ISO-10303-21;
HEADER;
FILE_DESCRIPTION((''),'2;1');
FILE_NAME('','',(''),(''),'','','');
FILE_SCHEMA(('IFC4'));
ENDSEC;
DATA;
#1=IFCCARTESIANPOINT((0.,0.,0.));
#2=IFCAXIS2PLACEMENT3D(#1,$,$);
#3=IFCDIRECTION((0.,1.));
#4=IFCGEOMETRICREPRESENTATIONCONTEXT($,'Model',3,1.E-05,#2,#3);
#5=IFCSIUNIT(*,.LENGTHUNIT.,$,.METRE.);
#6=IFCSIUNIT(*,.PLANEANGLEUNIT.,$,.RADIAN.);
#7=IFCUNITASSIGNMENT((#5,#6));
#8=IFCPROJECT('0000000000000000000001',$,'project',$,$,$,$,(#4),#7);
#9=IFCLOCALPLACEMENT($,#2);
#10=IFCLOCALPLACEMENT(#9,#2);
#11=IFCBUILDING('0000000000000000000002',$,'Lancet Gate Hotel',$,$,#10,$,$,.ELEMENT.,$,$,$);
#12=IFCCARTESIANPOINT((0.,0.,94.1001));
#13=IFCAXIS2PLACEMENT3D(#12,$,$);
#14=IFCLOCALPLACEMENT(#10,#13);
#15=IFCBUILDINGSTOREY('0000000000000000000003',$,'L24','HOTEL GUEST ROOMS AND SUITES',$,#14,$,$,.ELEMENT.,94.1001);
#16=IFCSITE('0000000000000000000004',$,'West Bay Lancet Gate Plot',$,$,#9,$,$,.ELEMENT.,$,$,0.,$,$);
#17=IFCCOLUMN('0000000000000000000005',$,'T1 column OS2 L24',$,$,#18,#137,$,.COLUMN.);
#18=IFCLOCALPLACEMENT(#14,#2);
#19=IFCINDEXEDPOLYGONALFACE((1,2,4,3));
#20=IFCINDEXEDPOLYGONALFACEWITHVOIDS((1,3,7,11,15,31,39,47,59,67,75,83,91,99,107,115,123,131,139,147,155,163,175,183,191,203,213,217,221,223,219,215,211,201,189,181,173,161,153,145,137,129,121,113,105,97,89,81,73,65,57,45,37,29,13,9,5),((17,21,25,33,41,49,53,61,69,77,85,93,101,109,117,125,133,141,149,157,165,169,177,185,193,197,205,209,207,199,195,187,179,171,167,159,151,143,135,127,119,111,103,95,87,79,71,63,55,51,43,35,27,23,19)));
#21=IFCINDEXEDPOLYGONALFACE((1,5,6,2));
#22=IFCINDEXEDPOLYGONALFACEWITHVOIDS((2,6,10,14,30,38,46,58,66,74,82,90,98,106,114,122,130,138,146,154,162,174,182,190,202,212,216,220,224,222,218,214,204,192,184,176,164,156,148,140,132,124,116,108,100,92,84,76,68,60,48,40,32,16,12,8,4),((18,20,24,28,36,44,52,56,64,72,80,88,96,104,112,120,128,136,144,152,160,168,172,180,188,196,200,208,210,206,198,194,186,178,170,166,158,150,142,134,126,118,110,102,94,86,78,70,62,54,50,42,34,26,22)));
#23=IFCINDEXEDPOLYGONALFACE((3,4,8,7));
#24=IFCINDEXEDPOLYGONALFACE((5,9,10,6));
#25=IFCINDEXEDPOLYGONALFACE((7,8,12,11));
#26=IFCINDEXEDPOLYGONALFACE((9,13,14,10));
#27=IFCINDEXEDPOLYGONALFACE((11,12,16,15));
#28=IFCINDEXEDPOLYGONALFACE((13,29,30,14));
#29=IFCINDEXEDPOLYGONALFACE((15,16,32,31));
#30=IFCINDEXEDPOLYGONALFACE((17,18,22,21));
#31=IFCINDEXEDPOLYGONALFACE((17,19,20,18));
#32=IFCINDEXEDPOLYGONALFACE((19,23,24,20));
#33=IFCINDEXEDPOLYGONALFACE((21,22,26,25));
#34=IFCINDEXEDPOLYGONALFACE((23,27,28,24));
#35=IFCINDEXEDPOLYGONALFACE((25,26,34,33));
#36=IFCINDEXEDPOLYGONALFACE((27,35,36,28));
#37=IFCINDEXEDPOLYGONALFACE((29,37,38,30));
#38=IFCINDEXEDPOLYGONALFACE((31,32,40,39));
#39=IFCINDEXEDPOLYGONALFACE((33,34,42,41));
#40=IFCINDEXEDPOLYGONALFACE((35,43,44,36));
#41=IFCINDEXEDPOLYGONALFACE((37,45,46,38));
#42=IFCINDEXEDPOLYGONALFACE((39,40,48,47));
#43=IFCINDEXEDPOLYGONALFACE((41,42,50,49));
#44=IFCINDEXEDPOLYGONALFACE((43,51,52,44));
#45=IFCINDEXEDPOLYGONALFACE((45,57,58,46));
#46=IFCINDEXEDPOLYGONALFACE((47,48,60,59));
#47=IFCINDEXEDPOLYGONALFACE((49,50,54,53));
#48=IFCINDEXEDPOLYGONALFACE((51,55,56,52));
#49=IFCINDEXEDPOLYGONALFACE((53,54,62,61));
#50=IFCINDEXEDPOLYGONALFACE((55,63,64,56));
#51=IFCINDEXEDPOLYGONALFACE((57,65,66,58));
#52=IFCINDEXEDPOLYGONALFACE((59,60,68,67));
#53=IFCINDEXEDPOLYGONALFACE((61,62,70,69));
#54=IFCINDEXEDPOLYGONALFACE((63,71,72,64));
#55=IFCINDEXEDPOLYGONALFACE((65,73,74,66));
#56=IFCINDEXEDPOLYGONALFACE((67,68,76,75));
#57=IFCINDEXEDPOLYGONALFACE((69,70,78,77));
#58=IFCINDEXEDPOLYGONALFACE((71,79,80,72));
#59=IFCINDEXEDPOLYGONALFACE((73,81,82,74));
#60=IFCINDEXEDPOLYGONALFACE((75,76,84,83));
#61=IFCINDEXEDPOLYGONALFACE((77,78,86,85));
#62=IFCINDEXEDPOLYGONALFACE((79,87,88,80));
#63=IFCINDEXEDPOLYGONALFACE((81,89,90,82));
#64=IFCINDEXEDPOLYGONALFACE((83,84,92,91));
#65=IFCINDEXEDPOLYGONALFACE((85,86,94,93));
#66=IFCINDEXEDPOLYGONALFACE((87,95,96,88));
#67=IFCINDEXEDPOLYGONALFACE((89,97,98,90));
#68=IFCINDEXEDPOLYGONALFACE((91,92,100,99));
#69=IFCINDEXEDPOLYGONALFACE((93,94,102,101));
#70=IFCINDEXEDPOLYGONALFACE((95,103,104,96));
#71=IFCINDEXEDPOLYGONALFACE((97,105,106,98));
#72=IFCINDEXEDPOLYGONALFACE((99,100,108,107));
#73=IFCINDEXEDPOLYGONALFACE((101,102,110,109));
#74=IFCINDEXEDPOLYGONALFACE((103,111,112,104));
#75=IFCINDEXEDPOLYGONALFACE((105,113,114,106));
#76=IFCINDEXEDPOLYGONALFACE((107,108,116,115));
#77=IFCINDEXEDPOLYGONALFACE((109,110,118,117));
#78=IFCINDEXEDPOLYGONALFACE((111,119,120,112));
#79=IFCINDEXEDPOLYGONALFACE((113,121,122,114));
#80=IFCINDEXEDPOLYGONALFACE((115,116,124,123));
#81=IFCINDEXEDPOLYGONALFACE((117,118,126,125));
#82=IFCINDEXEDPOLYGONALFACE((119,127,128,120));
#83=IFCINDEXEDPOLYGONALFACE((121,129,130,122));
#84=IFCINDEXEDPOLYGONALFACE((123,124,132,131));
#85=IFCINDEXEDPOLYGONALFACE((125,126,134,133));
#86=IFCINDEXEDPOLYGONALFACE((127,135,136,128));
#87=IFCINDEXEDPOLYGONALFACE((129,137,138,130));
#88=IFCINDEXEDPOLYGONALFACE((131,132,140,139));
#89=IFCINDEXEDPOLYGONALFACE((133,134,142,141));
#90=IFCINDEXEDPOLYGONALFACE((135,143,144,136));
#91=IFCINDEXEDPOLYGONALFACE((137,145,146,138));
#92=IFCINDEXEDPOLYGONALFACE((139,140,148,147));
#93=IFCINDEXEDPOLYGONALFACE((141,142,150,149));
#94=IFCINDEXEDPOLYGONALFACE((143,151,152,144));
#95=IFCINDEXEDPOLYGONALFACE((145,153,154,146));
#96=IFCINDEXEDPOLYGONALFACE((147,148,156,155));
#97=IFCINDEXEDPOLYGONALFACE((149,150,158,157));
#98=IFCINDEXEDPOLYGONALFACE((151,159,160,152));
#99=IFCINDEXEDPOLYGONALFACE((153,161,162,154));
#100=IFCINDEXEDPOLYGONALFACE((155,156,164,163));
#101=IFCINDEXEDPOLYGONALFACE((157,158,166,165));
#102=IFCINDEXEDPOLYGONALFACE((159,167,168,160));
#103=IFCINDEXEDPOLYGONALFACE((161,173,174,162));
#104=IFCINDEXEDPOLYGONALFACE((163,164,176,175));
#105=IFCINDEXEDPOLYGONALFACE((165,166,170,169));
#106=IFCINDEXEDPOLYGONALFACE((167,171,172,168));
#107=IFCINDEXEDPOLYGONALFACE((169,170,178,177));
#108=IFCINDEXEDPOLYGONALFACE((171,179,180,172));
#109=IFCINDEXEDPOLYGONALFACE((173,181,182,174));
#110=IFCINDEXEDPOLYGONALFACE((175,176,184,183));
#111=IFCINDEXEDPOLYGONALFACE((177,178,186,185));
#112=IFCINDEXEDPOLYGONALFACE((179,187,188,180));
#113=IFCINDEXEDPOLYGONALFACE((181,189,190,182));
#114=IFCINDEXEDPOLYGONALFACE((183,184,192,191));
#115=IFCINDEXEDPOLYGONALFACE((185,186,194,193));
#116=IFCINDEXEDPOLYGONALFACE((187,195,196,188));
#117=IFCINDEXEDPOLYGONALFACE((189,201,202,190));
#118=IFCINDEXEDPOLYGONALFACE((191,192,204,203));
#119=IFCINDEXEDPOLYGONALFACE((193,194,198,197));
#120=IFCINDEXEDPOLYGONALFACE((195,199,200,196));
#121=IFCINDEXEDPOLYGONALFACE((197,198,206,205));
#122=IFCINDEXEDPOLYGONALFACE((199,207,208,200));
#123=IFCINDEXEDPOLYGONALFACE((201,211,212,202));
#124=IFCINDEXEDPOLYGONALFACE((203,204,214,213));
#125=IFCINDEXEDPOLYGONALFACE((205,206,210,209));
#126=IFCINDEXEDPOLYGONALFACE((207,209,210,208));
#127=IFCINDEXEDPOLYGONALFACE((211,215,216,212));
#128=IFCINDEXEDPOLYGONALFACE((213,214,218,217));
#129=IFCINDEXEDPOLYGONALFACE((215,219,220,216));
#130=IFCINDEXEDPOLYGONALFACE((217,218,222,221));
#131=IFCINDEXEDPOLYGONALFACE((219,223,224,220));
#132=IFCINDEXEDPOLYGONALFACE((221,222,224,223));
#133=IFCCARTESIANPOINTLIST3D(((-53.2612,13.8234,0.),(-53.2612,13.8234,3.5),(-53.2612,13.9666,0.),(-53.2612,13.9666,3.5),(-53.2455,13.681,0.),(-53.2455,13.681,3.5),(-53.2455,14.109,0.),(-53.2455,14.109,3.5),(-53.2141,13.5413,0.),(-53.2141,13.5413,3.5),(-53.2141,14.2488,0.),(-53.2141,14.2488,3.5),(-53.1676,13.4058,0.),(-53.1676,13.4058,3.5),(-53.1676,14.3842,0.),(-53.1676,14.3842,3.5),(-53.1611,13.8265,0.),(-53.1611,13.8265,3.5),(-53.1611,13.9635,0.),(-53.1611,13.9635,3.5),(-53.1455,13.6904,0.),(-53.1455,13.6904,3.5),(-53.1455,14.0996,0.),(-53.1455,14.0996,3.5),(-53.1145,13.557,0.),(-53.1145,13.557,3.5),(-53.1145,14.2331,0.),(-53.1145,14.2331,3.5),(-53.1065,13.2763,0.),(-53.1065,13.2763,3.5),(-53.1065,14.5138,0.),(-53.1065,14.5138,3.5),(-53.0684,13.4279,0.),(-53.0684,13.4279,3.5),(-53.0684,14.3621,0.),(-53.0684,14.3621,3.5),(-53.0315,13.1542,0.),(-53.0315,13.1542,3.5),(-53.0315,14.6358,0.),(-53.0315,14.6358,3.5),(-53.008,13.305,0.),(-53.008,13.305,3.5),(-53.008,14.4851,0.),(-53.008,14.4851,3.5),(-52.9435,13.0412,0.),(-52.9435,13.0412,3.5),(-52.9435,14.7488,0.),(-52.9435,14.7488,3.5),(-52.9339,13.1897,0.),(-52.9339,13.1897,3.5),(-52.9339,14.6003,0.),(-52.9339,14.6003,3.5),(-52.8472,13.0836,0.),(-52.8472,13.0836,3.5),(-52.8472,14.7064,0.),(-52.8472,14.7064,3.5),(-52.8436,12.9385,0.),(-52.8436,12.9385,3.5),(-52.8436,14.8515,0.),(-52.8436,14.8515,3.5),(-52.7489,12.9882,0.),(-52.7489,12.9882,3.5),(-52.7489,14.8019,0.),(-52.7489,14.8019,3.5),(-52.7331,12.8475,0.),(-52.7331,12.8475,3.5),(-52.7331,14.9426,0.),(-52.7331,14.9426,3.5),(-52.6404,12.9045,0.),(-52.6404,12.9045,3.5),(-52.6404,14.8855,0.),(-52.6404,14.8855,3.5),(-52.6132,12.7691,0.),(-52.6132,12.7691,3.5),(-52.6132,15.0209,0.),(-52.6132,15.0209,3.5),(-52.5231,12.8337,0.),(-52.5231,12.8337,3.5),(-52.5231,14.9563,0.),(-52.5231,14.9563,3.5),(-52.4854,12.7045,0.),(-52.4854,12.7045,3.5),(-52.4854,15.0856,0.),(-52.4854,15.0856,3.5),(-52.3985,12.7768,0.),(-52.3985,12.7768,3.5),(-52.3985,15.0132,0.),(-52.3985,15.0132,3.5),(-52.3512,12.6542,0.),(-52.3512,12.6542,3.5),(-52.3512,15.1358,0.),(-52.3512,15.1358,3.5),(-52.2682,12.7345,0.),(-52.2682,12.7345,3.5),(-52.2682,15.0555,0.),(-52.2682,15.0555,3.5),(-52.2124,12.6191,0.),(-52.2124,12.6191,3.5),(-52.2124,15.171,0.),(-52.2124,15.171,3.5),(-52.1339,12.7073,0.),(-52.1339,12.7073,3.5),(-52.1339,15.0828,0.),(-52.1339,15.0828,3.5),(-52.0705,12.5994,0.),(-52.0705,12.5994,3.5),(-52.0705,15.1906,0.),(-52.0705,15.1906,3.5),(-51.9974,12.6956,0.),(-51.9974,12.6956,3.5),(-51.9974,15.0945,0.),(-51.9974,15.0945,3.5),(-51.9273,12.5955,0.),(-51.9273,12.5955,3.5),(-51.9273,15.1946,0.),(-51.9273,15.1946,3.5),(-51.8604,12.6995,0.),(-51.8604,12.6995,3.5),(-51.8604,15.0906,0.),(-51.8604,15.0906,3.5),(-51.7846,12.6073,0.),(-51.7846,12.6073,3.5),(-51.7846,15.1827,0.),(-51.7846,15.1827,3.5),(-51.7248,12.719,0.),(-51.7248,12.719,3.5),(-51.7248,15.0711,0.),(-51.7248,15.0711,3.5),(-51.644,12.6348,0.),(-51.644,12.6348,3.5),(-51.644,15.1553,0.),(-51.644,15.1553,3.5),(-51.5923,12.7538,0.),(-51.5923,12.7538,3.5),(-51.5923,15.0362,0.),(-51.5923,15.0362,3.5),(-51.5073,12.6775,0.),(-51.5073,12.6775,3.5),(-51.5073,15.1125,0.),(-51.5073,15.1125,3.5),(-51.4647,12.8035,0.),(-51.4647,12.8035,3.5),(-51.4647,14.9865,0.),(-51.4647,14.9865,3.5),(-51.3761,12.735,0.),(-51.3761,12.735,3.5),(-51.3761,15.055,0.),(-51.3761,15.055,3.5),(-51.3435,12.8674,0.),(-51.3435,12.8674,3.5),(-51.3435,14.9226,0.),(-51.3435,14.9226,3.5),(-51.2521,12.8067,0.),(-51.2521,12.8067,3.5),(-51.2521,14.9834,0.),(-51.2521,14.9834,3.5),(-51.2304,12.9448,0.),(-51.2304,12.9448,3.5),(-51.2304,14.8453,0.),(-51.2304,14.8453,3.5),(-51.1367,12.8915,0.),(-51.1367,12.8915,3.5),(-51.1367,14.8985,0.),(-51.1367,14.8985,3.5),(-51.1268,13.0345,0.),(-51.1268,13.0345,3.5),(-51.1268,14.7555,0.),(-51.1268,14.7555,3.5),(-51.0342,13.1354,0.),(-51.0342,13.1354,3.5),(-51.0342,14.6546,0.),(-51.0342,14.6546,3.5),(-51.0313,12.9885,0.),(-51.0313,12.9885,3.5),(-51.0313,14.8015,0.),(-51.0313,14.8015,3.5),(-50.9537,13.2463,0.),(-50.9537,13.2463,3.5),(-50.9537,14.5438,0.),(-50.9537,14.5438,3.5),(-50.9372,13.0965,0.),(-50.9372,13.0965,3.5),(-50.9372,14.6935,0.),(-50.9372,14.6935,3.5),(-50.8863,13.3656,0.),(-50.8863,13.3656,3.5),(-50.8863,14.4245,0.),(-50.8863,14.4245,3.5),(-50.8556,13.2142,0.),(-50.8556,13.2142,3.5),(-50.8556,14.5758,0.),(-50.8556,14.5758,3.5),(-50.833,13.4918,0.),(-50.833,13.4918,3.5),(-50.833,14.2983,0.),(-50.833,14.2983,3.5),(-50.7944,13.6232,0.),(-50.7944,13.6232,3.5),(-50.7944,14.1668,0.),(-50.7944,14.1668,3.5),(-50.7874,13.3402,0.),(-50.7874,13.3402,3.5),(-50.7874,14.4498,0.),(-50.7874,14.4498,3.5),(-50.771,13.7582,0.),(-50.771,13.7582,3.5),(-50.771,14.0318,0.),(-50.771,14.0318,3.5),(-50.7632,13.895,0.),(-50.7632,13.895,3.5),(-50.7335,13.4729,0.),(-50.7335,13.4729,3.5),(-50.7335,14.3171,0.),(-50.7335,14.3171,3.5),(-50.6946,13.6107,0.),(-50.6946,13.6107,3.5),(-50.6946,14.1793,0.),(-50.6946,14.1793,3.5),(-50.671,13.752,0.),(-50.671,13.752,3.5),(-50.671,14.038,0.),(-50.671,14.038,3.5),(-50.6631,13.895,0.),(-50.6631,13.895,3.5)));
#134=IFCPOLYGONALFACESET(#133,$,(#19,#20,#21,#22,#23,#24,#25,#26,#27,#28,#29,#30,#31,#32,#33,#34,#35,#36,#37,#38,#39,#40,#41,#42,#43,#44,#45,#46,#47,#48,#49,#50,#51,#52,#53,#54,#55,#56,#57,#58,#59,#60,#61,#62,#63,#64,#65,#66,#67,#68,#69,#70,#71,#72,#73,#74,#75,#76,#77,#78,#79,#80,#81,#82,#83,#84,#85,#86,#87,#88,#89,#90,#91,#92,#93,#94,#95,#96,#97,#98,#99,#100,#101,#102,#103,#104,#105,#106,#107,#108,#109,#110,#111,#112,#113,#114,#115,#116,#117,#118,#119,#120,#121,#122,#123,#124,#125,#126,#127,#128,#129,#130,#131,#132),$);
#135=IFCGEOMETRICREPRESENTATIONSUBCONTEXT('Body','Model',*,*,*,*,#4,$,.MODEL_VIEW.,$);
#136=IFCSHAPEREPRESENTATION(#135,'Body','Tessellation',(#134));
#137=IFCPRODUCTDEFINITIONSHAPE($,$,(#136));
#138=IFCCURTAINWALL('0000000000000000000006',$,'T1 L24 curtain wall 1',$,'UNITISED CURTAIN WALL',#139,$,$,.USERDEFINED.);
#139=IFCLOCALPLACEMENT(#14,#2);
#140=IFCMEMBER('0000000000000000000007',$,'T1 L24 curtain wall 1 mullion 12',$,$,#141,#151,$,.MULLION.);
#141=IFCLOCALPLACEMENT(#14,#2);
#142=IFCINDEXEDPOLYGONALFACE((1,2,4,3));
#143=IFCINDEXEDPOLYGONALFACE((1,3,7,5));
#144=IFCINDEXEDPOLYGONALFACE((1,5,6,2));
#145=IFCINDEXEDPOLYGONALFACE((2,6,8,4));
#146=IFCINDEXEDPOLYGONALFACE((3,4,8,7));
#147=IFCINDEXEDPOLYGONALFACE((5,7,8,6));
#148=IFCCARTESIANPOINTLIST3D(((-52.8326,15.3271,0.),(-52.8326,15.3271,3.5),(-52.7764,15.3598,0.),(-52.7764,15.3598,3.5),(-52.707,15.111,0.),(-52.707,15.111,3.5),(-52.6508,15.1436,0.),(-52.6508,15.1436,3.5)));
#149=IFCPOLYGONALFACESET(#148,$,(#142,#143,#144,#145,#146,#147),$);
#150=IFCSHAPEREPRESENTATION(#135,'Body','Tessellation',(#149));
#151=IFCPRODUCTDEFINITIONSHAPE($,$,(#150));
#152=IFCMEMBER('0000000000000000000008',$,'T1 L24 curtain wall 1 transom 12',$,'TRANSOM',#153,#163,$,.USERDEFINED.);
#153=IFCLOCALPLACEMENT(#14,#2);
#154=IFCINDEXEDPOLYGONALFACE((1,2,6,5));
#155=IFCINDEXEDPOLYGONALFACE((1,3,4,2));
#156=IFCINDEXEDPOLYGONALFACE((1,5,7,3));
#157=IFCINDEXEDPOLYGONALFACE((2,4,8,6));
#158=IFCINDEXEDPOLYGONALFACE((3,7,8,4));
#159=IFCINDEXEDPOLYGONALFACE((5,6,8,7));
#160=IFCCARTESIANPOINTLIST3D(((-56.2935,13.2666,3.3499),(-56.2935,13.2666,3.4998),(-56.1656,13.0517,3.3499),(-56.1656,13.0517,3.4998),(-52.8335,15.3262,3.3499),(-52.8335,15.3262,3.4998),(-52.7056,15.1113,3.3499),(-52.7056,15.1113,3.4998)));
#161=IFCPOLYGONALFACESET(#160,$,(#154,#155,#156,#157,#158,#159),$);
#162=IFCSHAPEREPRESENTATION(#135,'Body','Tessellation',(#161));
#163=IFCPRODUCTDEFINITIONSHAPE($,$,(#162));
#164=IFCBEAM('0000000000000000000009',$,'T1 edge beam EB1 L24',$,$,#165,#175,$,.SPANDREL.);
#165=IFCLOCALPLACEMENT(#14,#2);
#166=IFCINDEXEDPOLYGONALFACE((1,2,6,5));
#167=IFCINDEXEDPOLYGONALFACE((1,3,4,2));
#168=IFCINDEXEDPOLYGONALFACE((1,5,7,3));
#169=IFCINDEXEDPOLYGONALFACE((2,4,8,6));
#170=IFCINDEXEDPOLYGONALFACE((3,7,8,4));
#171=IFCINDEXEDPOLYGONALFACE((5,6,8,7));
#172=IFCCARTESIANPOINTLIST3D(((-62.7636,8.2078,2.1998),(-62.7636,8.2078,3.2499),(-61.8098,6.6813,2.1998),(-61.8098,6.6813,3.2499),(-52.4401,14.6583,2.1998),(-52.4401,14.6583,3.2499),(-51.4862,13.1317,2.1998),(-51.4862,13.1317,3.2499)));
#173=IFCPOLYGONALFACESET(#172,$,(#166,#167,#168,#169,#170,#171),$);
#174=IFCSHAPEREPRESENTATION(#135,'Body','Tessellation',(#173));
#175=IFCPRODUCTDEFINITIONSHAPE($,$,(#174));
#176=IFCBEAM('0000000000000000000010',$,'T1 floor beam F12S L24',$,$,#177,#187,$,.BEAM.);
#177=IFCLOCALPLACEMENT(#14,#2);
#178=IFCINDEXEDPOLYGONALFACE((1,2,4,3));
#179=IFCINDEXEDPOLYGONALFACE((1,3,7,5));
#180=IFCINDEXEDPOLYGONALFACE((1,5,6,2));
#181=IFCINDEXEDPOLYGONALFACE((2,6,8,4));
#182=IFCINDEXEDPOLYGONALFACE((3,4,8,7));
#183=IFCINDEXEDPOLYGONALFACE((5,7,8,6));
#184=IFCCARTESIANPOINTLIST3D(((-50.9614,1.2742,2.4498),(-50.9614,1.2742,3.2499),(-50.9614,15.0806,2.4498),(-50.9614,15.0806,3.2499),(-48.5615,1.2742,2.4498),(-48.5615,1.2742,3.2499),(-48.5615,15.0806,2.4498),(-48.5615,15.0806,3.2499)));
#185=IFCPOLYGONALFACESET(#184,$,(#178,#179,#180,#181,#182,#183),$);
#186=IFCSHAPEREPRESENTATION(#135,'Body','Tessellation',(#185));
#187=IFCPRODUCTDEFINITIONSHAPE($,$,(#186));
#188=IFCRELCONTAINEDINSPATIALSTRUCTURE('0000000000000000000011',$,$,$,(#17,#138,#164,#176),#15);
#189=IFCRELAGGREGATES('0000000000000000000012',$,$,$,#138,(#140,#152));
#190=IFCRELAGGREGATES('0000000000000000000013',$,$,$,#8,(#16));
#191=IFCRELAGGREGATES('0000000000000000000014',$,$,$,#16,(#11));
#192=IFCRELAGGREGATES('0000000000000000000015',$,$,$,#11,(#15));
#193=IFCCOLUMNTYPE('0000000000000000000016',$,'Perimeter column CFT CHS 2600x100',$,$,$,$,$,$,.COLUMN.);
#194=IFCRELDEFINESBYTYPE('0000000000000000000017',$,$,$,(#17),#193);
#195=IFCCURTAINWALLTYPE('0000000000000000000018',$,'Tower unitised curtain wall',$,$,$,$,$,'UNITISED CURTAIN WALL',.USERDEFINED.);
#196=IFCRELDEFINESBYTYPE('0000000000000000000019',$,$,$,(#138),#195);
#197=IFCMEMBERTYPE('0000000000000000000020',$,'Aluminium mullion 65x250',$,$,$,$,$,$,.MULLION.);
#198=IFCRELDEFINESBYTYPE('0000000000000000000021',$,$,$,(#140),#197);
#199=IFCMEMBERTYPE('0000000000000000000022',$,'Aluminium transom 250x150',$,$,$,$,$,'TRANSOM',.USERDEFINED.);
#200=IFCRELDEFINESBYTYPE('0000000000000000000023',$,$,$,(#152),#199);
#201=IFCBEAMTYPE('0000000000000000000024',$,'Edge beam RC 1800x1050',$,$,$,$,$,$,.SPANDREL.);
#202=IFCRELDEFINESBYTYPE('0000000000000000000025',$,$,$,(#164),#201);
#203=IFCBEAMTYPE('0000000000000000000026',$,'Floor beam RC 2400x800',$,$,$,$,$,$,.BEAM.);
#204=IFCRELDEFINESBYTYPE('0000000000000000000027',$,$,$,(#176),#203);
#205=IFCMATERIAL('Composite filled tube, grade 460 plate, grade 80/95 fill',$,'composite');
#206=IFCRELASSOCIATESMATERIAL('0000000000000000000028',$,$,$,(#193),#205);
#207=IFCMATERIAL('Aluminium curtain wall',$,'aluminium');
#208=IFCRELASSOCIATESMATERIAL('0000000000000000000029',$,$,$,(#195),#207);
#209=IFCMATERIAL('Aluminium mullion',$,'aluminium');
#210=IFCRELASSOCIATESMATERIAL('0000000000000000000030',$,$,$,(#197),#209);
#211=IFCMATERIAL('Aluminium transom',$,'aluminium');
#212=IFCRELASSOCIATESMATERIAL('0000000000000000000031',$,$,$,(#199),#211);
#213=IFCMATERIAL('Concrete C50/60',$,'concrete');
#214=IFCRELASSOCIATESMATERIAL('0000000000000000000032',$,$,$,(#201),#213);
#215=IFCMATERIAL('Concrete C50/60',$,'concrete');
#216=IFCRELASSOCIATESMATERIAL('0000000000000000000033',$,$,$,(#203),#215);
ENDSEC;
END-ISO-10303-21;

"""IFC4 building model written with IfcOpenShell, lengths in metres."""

from ifc_helpers import new_model, si_unit, direction, frame, origin, origin_2d, place, context, subcontext, project, spatial, rectangle, hollow_circle, extrude, material, material_profile, profile_set, type_object, element, aggregate, save


model = new_model("IFC4")

# Units and contexts
model_context = context("Model", 3, precision=1e-05, world=origin(), true_north=direction((0.0, 1.0)))
body_context = subcontext(model_context, "Body", "Model", "MODEL_VIEW")
ifc_project = project(units=[si_unit("LENGTHUNIT", "METRE"), si_unit("PLANEANGLEUNIT", "RADIAN")], contexts=[model_context])

# Site, building, storey
site_placement = place(None, origin())
site = spatial("IfcSite", under=ifc_project, at=site_placement, Name="West Bay Lancet Gate Plot", CompositionType="ELEMENT", RefElevation=0.0)
building_placement = place(site_placement, origin())
building = spatial("IfcBuilding", under=site, at=building_placement, Name="Lancet Gate Hotel", CompositionType="ELEMENT")
storey_placement = place(building_placement, frame((0.0, 0.0, 94.1001)))
storey = spatial("IfcBuildingStorey", under=building, at=storey_placement, Name="L24", Description="HOTEL GUEST ROOMS AND SUITES", CompositionType="ELEMENT", Elevation=94.1001)

# Column
ifc_material_1 = material(Name="Composite filled tube, grade 460 plate, grade 80/95 fill", Category="composite")
ifc_material_profile_1 = material_profile(ifc_material_1, hollow_circle(Radius=1.3, WallThickness=0.1001, at=origin_2d()), Name="CHS 2600x100")
ifc_profile_set_1 = profile_set([ifc_material_profile_1], Name="Composite filled tube, grade 460 plate, grade 80/95 fill")
column_type = type_object("IfcColumnType", Name="Perimeter column CFT CHS 2600x100", PredefinedType="COLUMN", material=ifc_profile_set_1)
column_placement = place(storey_placement, frame((-51.9631, 13.895, 0.0), z_axis=(0.0, 0.0, 1.0), x_axis=(1.0, 0.0, 0.0)))
element("IfcColumn", 1, at=column_placement, inside=storey, type_object=column_type, Name="T1 column OS2 L24", PredefinedType="COLUMN", context=body_context, shape_type="SweptSolid", body=[
    extrude(hollow_circle(Radius=1.3, WallThickness=0.1001, at=origin_2d()), origin(), (0.0, 0.0, 1.0), 3.5),
])

# Curtain wall, members
ifc_material_2 = material(Name="Aluminium curtain wall", Category="aluminium")
curtain_wall_type = type_object("IfcCurtainWallType", Name="Tower unitised curtain wall", ElementType="UNITISED CURTAIN WALL", PredefinedType="USERDEFINED", material=ifc_material_2)
curtain_wall_placement = place(storey_placement, origin())
curtain_wall = element("IfcCurtainWall", 2, at=curtain_wall_placement, inside=storey, type_object=curtain_wall_type, Name="T1 L24 curtain wall 1", ObjectType="UNITISED CURTAIN WALL", PredefinedType="USERDEFINED")
ifc_material_3 = material(Name="Aluminium mullion", Category="aluminium")
ifc_material_profile_2 = material_profile(ifc_material_3, rectangle(XDim=0.0649, YDim=0.25, at=origin_2d()), Name="MULLION 65x250")
ifc_profile_set_2 = profile_set([ifc_material_profile_2], Name="Aluminium mullion")
member_type_1 = type_object("IfcMemberType", Name="Aluminium mullion 65x250", PredefinedType="MULLION", material=ifc_profile_set_2)
member_1_placement = place(storey_placement, frame((-52.7417, 15.2354, 0.0), z_axis=(0.0, 0.0, 1.0), x_axis=(-0.864728, -0.502241, 0.0)))
member_1 = element("IfcMember", 3, at=member_1_placement, type_object=member_type_1, Name="T1 L24 curtain wall 1 mullion 12", PredefinedType="MULLION", context=body_context, shape_type="SweptSolid", body=[
    extrude(rectangle(XDim=0.0649, YDim=0.25, at=origin_2d()), origin(), (0.0, 0.0, 1.0), 3.5),
])
ifc_material_4 = material(Name="Aluminium transom", Category="aluminium")
ifc_material_profile_3 = material_profile(ifc_material_4, rectangle(XDim=0.25, YDim=0.1499, at=origin_2d()), Name="TRANSOM 250x150")
ifc_profile_set_3 = profile_set([ifc_material_profile_3], Name="Aluminium transom")
member_type_2 = type_object("IfcMemberType", Name="Aluminium transom 250x150", ElementType="TRANSOM", PredefinedType="USERDEFINED", material=ifc_profile_set_3)
member_2_placement = place(storey_placement, frame((-52.7695, 15.2188, 3.4248), z_axis=(-0.859285, -0.511497, 0.0), x_axis=(0.511497, -0.859285, 0.0)))
member_2 = element("IfcMember", 4, at=member_2_placement, type_object=member_type_2, Name="T1 L24 curtain wall 1 transom 12", ObjectType="TRANSOM", PredefinedType="USERDEFINED", context=body_context, shape_type="SweptSolid", body=[
    extrude(rectangle(XDim=0.25, YDim=0.1499, at=origin_2d()), origin(), (0.0, 0.0, 1.0), 4.0266),
])
aggregate(curtain_wall, [member_1, member_2])

# Beams
ifc_material_5 = material(Name="Concrete C50/60", Category="concrete")
ifc_material_profile_4 = material_profile(ifc_material_5, rectangle(XDim=1.8, YDim=1.05, at=origin_2d()), Name="RC 1800x1050")
ifc_profile_set_4 = profile_set([ifc_material_profile_4], Name="Concrete C50/60")
beam_type_1 = type_object("IfcBeamType", Name="Edge beam RC 1800x1050", PredefinedType="SPANDREL", material=ifc_profile_set_4)
beam_1_placement = place(storey_placement, frame((-51.9631, 13.895, 2.7249), z_axis=(-0.848063, -0.529896, 0.0), x_axis=(0.529896, -0.848063, 0.0)))
element("IfcBeam", 5, at=beam_1_placement, inside=storey, type_object=beam_type_1, Name="T1 edge beam EB1 L24", PredefinedType="SPANDREL", context=body_context, shape_type="SweptSolid", body=[
    extrude(rectangle(XDim=1.8, YDim=1.05, at=origin_2d()), origin(), (0.0, 0.0, 1.0), 12.1731),
])
ifc_material_6 = material(Name="Concrete C50/60", Category="concrete")
ifc_material_profile_5 = material_profile(ifc_material_6, rectangle(XDim=2.3999, YDim=0.8, at=origin_2d()), Name="RC 2400x800")
ifc_profile_set_5 = profile_set([ifc_material_profile_5], Name="Concrete C50/60")
beam_type_2 = type_object("IfcBeamType", Name="Floor beam RC 2400x800", PredefinedType="BEAM", material=ifc_profile_set_5)
beam_2_placement = place(storey_placement, frame((-49.7615, 15.0806, 2.8499), z_axis=(0.0, -1.0, 0.0), x_axis=(1.0, 0.0, 0.0)))
element("IfcBeam", 6, at=beam_2_placement, inside=storey, type_object=beam_type_2, Name="T1 floor beam F12S L24", PredefinedType="BEAM", context=body_context, shape_type="SweptSolid", body=[
    extrude(rectangle(XDim=2.3999, YDim=0.8, at=origin_2d()), origin(), (0.0, 0.0, 1.0), 13.8064),
])

save(model, "model.ifc")
